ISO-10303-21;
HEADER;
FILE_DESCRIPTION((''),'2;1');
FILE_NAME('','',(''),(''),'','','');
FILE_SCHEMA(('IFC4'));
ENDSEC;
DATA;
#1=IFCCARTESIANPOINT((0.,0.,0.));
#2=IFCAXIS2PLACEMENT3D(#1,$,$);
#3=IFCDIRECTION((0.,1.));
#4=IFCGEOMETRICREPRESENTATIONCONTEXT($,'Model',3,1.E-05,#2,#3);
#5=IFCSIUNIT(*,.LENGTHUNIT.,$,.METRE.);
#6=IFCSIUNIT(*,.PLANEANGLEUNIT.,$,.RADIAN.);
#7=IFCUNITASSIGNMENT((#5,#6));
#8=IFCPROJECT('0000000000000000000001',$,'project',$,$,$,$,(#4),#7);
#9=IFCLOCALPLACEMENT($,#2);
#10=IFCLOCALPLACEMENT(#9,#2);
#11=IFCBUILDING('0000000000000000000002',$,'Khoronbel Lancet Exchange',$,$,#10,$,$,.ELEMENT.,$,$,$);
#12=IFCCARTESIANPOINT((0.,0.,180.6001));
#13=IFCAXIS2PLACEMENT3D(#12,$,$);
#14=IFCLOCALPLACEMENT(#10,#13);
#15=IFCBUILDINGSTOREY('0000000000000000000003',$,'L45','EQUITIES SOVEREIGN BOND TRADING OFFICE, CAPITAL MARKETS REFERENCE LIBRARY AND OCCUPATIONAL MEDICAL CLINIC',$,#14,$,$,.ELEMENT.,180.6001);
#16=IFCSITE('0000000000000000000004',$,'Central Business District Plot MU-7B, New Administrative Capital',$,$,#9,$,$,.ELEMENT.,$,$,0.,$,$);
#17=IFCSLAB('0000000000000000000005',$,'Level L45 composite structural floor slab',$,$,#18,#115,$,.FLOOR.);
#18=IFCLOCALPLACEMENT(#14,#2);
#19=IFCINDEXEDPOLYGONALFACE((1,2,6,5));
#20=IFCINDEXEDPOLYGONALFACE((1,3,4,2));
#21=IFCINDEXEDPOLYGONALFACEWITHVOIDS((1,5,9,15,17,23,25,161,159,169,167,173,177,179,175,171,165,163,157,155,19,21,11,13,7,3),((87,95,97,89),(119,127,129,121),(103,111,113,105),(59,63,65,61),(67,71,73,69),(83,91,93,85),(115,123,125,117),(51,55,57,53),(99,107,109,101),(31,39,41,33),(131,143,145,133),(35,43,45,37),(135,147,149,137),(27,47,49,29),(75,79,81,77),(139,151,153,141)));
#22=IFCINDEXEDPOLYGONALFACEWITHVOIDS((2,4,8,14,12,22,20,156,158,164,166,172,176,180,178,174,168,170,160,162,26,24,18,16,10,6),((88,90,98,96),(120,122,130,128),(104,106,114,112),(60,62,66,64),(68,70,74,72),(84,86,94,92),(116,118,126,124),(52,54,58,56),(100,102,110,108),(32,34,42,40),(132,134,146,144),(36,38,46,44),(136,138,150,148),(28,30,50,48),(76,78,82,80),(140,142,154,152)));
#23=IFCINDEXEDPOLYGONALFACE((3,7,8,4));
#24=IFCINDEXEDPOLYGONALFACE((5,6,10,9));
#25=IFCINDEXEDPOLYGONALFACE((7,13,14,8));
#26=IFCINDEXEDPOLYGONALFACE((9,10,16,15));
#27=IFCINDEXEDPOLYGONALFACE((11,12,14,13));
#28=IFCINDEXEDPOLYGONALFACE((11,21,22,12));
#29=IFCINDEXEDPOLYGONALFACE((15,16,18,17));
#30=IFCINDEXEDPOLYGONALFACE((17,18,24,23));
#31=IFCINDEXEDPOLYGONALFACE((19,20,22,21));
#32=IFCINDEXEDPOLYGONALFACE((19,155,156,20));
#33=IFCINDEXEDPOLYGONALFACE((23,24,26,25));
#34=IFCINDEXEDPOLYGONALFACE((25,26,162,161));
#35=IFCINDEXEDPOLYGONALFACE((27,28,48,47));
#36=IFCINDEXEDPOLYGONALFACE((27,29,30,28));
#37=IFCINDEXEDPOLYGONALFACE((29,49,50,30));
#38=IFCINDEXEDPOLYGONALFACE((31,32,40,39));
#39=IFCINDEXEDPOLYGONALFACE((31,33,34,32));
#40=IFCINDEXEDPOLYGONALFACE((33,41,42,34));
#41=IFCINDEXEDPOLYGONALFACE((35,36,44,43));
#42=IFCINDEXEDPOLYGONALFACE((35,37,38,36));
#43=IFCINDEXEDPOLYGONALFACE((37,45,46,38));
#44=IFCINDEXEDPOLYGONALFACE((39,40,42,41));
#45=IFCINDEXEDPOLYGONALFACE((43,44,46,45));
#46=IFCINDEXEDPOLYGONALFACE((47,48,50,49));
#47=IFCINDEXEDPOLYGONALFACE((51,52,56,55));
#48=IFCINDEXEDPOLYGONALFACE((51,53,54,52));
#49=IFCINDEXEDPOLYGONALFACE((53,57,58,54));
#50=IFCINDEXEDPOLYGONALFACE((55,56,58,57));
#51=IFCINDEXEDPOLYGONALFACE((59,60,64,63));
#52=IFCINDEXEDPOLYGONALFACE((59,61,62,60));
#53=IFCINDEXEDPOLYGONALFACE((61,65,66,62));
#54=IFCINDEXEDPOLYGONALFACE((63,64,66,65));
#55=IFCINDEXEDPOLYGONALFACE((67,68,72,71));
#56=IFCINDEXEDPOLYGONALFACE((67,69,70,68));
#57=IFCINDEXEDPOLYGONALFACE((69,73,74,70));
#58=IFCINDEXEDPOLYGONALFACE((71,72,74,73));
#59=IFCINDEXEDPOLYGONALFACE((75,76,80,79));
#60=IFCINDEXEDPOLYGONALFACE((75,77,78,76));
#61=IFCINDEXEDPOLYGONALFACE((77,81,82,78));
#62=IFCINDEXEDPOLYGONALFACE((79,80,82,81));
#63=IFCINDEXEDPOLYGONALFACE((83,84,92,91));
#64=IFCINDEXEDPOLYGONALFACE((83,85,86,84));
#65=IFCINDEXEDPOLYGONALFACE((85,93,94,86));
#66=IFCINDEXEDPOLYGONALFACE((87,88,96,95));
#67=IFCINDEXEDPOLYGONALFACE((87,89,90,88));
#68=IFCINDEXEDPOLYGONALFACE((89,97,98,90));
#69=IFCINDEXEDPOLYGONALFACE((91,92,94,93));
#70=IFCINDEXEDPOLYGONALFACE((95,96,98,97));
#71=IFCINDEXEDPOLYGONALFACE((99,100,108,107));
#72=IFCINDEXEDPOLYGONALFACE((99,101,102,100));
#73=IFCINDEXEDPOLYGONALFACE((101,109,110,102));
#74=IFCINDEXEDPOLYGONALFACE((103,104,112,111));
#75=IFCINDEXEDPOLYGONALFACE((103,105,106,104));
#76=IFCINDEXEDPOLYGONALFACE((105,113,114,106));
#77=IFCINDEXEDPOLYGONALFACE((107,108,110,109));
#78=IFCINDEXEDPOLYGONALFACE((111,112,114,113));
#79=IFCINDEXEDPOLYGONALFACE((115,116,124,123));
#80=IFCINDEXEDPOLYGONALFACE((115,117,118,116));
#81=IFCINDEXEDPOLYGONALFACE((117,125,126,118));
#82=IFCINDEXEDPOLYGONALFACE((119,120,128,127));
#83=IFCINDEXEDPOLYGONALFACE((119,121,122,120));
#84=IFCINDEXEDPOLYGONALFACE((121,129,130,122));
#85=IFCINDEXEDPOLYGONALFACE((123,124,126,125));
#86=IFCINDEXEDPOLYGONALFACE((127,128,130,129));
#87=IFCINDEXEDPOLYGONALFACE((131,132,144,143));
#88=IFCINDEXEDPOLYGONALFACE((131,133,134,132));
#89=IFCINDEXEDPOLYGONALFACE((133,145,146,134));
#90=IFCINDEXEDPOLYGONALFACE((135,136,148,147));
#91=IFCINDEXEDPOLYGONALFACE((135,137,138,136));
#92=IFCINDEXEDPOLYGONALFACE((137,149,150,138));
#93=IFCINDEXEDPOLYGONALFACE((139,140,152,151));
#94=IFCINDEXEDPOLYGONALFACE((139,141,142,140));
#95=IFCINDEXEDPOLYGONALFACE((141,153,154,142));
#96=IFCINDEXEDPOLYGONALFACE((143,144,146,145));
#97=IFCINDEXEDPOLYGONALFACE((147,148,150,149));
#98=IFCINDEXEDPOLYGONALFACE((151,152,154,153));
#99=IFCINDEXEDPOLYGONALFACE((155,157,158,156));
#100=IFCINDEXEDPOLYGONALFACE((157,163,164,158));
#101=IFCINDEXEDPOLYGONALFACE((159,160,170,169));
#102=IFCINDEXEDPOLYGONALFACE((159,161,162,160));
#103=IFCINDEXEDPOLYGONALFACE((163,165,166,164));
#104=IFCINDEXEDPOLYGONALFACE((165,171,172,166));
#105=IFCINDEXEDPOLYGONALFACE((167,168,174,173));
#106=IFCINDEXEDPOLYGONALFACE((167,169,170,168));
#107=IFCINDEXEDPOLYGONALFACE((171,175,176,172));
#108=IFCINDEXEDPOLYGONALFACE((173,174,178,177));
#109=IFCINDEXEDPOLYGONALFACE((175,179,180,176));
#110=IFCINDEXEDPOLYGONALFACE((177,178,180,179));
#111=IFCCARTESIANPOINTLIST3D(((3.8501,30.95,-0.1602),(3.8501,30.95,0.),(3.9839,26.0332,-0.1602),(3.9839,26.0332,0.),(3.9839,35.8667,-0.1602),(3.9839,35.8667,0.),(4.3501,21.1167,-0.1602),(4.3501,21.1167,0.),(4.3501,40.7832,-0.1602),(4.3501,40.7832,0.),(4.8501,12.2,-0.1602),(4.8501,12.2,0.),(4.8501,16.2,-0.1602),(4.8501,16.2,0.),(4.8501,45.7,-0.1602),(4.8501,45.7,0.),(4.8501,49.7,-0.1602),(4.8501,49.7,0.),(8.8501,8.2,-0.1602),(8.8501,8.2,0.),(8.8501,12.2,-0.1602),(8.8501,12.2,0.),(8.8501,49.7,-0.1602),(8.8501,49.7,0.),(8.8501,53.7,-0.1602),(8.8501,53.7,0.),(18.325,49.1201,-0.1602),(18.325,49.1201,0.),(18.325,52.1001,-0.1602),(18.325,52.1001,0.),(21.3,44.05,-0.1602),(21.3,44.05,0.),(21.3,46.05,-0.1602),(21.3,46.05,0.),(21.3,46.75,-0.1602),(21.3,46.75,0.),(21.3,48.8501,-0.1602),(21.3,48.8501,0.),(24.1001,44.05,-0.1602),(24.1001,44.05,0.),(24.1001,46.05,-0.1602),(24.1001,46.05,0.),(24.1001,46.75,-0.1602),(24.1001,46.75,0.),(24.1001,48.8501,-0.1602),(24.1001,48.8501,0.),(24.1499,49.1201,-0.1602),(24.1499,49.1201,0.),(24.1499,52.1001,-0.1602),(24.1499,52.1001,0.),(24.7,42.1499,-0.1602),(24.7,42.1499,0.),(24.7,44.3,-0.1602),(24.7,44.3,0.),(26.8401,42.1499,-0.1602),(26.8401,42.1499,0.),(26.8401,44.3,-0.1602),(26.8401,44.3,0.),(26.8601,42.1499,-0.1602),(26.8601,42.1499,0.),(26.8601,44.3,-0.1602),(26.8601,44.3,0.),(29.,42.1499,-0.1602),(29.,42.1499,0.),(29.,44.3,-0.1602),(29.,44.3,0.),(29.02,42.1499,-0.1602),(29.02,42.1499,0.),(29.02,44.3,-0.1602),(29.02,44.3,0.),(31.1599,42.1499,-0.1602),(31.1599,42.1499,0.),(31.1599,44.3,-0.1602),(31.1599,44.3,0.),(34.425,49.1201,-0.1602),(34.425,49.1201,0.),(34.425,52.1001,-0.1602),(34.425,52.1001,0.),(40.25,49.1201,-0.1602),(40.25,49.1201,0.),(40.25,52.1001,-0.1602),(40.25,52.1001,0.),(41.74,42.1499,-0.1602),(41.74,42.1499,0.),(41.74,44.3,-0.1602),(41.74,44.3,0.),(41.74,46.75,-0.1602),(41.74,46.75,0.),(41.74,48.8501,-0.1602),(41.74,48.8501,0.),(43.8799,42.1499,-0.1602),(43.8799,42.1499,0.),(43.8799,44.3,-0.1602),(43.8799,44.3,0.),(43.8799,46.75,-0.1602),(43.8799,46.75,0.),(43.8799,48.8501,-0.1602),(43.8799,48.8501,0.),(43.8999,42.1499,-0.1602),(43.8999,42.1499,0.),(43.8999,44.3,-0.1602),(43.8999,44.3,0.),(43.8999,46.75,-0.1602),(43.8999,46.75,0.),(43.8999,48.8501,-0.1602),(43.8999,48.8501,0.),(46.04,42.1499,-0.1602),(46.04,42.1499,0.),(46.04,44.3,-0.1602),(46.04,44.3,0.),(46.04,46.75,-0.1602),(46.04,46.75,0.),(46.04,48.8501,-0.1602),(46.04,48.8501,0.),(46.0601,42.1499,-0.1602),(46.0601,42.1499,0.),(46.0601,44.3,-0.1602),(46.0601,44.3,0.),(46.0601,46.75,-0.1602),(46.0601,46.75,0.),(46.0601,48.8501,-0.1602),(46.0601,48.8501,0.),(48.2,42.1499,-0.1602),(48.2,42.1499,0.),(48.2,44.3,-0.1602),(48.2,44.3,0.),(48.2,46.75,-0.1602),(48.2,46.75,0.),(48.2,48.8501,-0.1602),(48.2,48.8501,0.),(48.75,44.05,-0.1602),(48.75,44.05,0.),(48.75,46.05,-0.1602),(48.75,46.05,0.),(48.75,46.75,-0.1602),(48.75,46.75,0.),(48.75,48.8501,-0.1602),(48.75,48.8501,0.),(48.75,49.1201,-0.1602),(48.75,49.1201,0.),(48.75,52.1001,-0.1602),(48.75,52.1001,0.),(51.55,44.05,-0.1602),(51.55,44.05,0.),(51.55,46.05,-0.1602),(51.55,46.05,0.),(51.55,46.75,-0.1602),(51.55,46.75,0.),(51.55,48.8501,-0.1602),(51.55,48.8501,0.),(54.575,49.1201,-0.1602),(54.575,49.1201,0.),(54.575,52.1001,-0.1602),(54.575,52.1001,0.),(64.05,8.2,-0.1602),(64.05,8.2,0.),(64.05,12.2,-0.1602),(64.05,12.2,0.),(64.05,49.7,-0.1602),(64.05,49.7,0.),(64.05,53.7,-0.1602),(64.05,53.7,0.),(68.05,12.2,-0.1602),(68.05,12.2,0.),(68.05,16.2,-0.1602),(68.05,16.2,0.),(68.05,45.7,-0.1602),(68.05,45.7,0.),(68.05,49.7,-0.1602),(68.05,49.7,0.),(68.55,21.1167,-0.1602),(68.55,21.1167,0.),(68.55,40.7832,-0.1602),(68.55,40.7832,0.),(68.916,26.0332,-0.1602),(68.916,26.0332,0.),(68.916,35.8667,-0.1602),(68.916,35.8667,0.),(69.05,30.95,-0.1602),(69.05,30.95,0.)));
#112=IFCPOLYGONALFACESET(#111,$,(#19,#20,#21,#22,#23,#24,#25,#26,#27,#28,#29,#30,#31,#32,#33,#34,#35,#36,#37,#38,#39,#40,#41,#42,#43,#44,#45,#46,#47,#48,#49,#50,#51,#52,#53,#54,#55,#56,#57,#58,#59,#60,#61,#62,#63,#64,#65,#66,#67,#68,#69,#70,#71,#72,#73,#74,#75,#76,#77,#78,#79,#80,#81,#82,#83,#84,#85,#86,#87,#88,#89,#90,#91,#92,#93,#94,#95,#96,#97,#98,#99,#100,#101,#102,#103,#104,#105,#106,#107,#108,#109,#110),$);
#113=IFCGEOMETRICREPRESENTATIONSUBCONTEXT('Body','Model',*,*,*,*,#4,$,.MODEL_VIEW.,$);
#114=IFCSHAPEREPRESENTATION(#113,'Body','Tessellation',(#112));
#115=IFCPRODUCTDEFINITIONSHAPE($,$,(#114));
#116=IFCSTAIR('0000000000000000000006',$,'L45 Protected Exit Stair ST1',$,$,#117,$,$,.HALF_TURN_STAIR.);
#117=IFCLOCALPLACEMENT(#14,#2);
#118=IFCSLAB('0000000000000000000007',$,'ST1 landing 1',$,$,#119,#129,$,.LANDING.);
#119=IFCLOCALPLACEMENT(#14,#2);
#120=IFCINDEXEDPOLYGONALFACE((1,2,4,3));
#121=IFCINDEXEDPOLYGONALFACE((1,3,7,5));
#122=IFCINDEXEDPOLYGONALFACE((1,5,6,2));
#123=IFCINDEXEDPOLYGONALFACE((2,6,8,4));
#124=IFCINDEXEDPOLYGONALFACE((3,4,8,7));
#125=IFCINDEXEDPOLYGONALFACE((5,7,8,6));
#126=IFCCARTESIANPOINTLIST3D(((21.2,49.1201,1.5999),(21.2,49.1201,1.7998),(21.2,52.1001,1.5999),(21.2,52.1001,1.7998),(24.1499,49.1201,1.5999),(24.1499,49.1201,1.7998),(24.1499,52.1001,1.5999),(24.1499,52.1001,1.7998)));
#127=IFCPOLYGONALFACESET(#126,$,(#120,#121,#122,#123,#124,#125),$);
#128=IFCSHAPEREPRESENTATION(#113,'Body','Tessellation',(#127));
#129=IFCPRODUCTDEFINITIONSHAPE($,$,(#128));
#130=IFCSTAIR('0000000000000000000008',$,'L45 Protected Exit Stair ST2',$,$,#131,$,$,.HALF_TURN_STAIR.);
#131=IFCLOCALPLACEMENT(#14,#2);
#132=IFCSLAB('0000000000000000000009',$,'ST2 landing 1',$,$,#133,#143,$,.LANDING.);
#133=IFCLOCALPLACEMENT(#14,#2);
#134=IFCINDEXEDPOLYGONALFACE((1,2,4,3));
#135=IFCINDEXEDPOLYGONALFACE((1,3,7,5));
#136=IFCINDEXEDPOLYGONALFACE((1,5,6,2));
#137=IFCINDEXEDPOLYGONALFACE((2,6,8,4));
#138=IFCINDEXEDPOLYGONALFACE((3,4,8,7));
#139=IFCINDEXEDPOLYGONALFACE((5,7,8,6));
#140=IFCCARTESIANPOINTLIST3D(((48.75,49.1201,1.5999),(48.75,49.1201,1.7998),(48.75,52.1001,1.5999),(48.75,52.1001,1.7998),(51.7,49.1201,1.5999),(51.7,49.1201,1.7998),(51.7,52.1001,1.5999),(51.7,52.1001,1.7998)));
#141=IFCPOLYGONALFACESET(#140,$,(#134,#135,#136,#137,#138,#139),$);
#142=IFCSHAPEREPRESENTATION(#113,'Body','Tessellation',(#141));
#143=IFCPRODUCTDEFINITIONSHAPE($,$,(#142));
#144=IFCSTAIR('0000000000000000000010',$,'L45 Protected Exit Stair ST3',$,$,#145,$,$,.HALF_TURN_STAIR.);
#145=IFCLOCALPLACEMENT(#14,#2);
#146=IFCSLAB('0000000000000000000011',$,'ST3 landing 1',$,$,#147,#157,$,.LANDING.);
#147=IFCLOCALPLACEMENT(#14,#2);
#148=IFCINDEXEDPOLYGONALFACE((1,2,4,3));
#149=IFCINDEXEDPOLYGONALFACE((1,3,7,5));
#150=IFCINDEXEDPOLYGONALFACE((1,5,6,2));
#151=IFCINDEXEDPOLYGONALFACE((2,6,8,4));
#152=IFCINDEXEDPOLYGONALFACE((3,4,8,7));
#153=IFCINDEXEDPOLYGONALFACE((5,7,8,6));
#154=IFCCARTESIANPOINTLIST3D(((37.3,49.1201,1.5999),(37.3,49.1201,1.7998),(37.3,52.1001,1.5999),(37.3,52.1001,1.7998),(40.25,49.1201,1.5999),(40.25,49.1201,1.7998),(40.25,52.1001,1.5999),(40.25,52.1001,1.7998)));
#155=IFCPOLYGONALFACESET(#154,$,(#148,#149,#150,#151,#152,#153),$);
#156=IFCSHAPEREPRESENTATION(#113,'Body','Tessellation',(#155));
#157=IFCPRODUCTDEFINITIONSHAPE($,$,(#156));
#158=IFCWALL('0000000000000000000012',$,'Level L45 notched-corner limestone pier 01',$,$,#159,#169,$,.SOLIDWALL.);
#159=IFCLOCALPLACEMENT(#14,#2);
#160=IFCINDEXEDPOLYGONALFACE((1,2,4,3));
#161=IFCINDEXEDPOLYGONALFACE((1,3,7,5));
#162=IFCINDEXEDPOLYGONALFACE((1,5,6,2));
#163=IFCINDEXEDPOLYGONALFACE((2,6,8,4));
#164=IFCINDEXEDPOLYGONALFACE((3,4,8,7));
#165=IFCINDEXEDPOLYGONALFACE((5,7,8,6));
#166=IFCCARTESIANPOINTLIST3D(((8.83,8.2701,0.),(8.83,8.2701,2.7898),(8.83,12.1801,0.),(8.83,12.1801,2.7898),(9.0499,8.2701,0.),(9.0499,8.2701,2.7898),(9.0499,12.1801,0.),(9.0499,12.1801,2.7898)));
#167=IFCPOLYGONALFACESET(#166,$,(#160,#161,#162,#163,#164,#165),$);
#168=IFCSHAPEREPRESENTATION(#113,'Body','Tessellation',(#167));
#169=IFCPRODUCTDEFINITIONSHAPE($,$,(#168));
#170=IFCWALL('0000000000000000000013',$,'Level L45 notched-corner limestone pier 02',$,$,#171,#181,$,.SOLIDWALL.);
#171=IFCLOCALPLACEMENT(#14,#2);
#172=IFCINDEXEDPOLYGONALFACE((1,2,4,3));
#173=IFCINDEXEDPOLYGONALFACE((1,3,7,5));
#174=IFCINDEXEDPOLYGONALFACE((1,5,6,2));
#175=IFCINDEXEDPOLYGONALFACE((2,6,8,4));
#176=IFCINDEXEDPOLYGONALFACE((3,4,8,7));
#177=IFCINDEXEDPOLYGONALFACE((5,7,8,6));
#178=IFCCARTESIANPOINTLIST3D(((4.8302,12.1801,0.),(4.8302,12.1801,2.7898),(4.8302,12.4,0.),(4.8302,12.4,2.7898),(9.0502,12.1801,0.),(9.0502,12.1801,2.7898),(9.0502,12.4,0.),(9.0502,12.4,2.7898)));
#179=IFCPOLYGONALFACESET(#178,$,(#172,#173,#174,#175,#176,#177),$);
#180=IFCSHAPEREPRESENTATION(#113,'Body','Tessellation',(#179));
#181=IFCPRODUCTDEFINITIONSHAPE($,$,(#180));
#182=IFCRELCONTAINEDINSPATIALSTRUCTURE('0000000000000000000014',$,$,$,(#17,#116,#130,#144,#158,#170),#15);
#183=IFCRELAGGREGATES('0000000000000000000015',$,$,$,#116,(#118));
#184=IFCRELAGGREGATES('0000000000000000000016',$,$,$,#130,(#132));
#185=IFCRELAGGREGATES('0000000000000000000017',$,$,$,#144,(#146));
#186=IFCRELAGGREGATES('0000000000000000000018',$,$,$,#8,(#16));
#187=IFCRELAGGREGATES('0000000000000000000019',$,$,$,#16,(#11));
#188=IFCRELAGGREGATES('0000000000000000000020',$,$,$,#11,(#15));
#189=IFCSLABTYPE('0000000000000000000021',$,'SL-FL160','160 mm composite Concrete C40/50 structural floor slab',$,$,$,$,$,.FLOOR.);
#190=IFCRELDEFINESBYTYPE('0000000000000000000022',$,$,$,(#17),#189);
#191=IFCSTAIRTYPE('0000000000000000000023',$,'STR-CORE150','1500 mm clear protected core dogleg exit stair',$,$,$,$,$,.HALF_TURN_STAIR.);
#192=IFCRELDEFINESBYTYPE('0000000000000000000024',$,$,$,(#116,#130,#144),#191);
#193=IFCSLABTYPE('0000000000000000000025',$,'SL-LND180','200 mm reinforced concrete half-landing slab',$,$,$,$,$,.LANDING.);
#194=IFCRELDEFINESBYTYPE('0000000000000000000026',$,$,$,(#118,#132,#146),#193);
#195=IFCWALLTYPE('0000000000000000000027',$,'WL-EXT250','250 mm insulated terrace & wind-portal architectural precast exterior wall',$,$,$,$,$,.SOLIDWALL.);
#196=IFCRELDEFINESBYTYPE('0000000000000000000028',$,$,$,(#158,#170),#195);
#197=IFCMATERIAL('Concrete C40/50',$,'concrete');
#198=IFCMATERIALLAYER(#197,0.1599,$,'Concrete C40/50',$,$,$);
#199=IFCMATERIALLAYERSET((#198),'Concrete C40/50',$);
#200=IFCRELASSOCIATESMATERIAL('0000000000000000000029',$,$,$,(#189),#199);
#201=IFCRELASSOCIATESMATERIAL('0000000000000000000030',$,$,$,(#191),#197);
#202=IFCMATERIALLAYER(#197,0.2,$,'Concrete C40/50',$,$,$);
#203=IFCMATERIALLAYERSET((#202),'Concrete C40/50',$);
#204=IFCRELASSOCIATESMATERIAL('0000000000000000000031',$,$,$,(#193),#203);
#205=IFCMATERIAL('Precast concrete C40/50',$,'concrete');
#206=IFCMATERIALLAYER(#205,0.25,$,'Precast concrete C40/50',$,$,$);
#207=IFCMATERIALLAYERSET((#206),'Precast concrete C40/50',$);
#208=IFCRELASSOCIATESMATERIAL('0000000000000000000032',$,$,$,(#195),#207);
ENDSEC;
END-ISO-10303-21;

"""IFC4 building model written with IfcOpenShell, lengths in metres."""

from ifc_helpers import new_model, si_unit, direction, frame, frame_2d, origin, place, context, subcontext, project, spatial, polyline, rectangle, outline, extrude, material, layer, layer_set, type_object, element, aggregate, save


model = new_model("IFC4")

# Units and contexts
model_context = context("Model", 3, precision=1e-05, world=origin(), true_north=direction((0.0, 1.0)))
body_context = subcontext(model_context, "Body", "Model", "MODEL_VIEW")
ifc_project = project(units=[si_unit("LENGTHUNIT", "METRE"), si_unit("PLANEANGLEUNIT", "RADIAN")], contexts=[model_context])

# Site, building, storey
site_placement = place(None, origin())
site = spatial("IfcSite", under=ifc_project, at=site_placement, Name="Central Business District Plot MU-7B, New Administrative Capital", CompositionType="ELEMENT", RefElevation=0.0)
building_placement = place(site_placement, origin())
building = spatial("IfcBuilding", under=site, at=building_placement, Name="Khoronbel Lancet Exchange", CompositionType="ELEMENT")
storey_placement = place(building_placement, frame((0.0, 0.0, 180.6001)))
storey = spatial("IfcBuildingStorey", under=building, at=storey_placement, Name="L45", Description="EQUITIES SOVEREIGN BOND TRADING OFFICE, CAPITAL MARKETS REFERENCE LIBRARY AND OCCUPATIONAL MEDICAL CLINIC", CompositionType="ELEMENT", Elevation=180.6001)

# Slab
ifc_material_1 = material(Name="Concrete C40/50", Category="concrete")
ifc_layer_1 = layer(ifc_material_1, 0.1599, Name="Concrete C40/50")
ifc_layer_set_1 = layer_set([ifc_layer_1], Name="Concrete C40/50")
slab_type_1 = type_object("IfcSlabType", Name="SL-FL160", Description="160 mm composite Concrete C40/50 structural floor slab", PredefinedType="FLOOR", material=ifc_layer_set_1)
slab_1_placement = place(storey_placement, frame((0.0, 0.0, -0.1602)))
element("IfcSlab", 1, at=slab_1_placement, inside=storey, type_object=slab_type_1, Name="Level L45 composite structural floor slab", PredefinedType="FLOOR", context=body_context, shape_type="SweptSolid", body=[
    extrude(outline(polyline([(8.8501, 8.2), (64.05, 8.2), (64.05, 12.2), (68.05, 12.2), (68.05, 16.2), (68.55, 21.1167), (68.916, 26.0332), (69.05, 30.95), (68.916, 35.8667), (68.55, 40.7832), (68.05, 45.7), (68.05, 49.7), (64.05, 49.7), (64.05, 53.7), (8.8501, 53.7), (8.8501, 49.7), (4.8501, 49.7), (4.8501, 45.7), (4.3501, 40.7832), (3.9839, 35.8667), (3.8501, 30.95), (3.9839, 26.0332), (4.3501, 21.1167), (4.8501, 16.2), (4.8501, 12.2), (8.8501, 12.2), (8.8501, 8.2)]), holes=[polyline([(18.325, 49.1201), (24.1499, 49.1201), (24.1499, 52.1001), (18.325, 52.1001), (18.325, 49.1201)]), polyline([(48.75, 49.1201), (54.575, 49.1201), (54.575, 52.1001), (48.75, 52.1001), (48.75, 49.1201)]), polyline([(34.425, 49.1201), (40.25, 49.1201), (40.25, 52.1001), (34.425, 52.1001), (34.425, 49.1201)]), polyline([(24.7, 42.1499), (26.8401, 42.1499), (26.8401, 44.3), (24.7, 44.3), (24.7, 42.1499)]), polyline([(26.8601, 42.1499), (29.0, 42.1499), (29.0, 44.3), (26.8601, 44.3), (26.8601, 42.1499)]), polyline([(29.02, 42.1499), (31.1599, 42.1499), (31.1599, 44.3), (29.02, 44.3), (29.02, 42.1499)]), polyline([(41.74, 46.75), (43.8799, 46.75), (43.8799, 48.8501), (41.74, 48.8501), (41.74, 46.75)]), polyline([(43.8999, 46.75), (46.04, 46.75), (46.04, 48.8501), (43.8999, 48.8501), (43.8999, 46.75)]), polyline([(46.0601, 46.75), (48.2, 46.75), (48.2, 48.8501), (46.0601, 48.8501), (46.0601, 46.75)]), polyline([(41.74, 42.1499), (43.8799, 42.1499), (43.8799, 44.3), (41.74, 44.3), (41.74, 42.1499)]), polyline([(43.8999, 42.1499), (46.04, 42.1499), (46.04, 44.3), (43.8999, 44.3), (43.8999, 42.1499)]), polyline([(46.0601, 42.1499), (48.2, 42.1499), (48.2, 44.3), (46.0601, 44.3), (46.0601, 42.1499)]), polyline([(21.3, 46.75), (24.1001, 46.75), (24.1001, 48.8501), (21.3, 48.8501), (21.3, 46.75)]), polyline([(48.75, 46.75), (51.55, 46.75), (51.55, 48.8501), (48.75, 48.8501), (48.75, 46.75)]), polyline([(21.3, 44.05), (24.1001, 44.05), (24.1001, 46.05), (21.3, 46.05), (21.3, 44.05)]), polyline([(48.75, 44.05), (51.55, 44.05), (51.55, 46.05), (48.75, 46.05), (48.75, 44.05)])]), origin(), (0.0, 0.0, 1.0), 0.1602),
])

# Stairs, slabs
stair_type = type_object("IfcStairType", Name="STR-CORE150", Description="1500 mm clear protected core dogleg exit stair", PredefinedType="HALF_TURN_STAIR", material=ifc_material_1)
stair_1_placement = place(storey_placement, origin())
stair_1 = element("IfcStair", 2, at=stair_1_placement, inside=storey, type_object=stair_type, Name="L45 Protected Exit Stair ST1", PredefinedType="HALF_TURN_STAIR")
ifc_layer_2 = layer(ifc_material_1, 0.2, Name="Concrete C40/50")
ifc_layer_set_2 = layer_set([ifc_layer_2], Name="Concrete C40/50")
slab_type_2 = type_object("IfcSlabType", Name="SL-LND180", Description="200 mm reinforced concrete half-landing slab", PredefinedType="LANDING", material=ifc_layer_set_2)
slab_2_placement = place(storey_placement, frame((0.0, 0.0, 1.5999)))
slab_2 = element("IfcSlab", 3, at=slab_2_placement, type_object=slab_type_2, Name="ST1 landing 1", PredefinedType="LANDING", context=body_context, shape_type="SweptSolid", body=[
    extrude(outline(polyline([(21.2, 49.1201), (24.1499, 49.1201), (24.1499, 52.1001), (21.2, 52.1001), (21.2, 49.1201)])), origin(), (0.0, 0.0, 1.0), 0.2),
])
aggregate(stair_1, [slab_2])
stair_2_placement = place(storey_placement, origin())
stair_2 = element("IfcStair", 4, at=stair_2_placement, inside=storey, type_object=stair_type, Name="L45 Protected Exit Stair ST2", PredefinedType="HALF_TURN_STAIR")
slab_3_placement = place(storey_placement, frame((0.0, 0.0, 1.5999)))
slab_3 = element("IfcSlab", 5, at=slab_3_placement, type_object=slab_type_2, Name="ST2 landing 1", PredefinedType="LANDING", context=body_context, shape_type="SweptSolid", body=[
    extrude(outline(polyline([(51.7, 52.1001), (48.75, 52.1001), (48.75, 49.1201), (51.7, 49.1201), (51.7, 52.1001)])), origin(), (0.0, 0.0, 1.0), 0.2),
])
aggregate(stair_2, [slab_3])
stair_3_placement = place(storey_placement, origin())
stair_3 = element("IfcStair", 6, at=stair_3_placement, inside=storey, type_object=stair_type, Name="L45 Protected Exit Stair ST3", PredefinedType="HALF_TURN_STAIR")
slab_4_placement = place(storey_placement, frame((0.0, 0.0, 1.5999)))
slab_4 = element("IfcSlab", 7, at=slab_4_placement, type_object=slab_type_2, Name="ST3 landing 1", PredefinedType="LANDING", context=body_context, shape_type="SweptSolid", body=[
    extrude(outline(polyline([(37.3, 49.1201), (40.25, 49.1201), (40.25, 52.1001), (37.3, 52.1001), (37.3, 49.1201)])), origin(), (0.0, 0.0, 1.0), 0.2),
])
aggregate(stair_3, [slab_4])

# Walls
ifc_material_2 = material(Name="Precast concrete C40/50", Category="concrete")
ifc_layer_3 = layer(ifc_material_2, 0.25, Name="Precast concrete C40/50")
ifc_layer_set_3 = layer_set([ifc_layer_3], Name="Precast concrete C40/50")
wall_type_1 = type_object("IfcWallType", Name="WL-EXT250", Description="250 mm insulated terrace & wind-portal architectural precast exterior wall", PredefinedType="SOLIDWALL", material=ifc_layer_set_3)
wall_1_placement = place(storey_placement, frame((8.9399, 8.27, 0.0), z_axis=(0.0, 0.0, 1.0), x_axis=(0.0, 1.0, 0.0)))
element("IfcWall", 8, at=wall_1_placement, inside=storey, type_object=wall_type_1, Name="Level L45 notched-corner limestone pier 01", PredefinedType="SOLIDWALL", context=body_context, shape_type="SweptSolid", body=[
    extrude(rectangle(XDim=3.9099, YDim=0.22, at=frame_2d((1.9551, 0.0))), origin(), (0.0, 0.0, 1.0), 2.7898),
])
wall_2_placement = place(storey_placement, frame((9.05, 12.29, 0.0), z_axis=(0.0, 0.0, 1.0), x_axis=(-1.0, 0.0, 0.0)))
element("IfcWall", 9, at=wall_2_placement, inside=storey, type_object=wall_type_1, Name="Level L45 notched-corner limestone pier 02", PredefinedType="SOLIDWALL", context=body_context, shape_type="SweptSolid", body=[
    extrude(rectangle(XDim=4.22, YDim=0.22, at=frame_2d((2.1099, 0.0))), origin(), (0.0, 0.0, 1.0), 2.7898),
])

save(model, "model.ifc")
